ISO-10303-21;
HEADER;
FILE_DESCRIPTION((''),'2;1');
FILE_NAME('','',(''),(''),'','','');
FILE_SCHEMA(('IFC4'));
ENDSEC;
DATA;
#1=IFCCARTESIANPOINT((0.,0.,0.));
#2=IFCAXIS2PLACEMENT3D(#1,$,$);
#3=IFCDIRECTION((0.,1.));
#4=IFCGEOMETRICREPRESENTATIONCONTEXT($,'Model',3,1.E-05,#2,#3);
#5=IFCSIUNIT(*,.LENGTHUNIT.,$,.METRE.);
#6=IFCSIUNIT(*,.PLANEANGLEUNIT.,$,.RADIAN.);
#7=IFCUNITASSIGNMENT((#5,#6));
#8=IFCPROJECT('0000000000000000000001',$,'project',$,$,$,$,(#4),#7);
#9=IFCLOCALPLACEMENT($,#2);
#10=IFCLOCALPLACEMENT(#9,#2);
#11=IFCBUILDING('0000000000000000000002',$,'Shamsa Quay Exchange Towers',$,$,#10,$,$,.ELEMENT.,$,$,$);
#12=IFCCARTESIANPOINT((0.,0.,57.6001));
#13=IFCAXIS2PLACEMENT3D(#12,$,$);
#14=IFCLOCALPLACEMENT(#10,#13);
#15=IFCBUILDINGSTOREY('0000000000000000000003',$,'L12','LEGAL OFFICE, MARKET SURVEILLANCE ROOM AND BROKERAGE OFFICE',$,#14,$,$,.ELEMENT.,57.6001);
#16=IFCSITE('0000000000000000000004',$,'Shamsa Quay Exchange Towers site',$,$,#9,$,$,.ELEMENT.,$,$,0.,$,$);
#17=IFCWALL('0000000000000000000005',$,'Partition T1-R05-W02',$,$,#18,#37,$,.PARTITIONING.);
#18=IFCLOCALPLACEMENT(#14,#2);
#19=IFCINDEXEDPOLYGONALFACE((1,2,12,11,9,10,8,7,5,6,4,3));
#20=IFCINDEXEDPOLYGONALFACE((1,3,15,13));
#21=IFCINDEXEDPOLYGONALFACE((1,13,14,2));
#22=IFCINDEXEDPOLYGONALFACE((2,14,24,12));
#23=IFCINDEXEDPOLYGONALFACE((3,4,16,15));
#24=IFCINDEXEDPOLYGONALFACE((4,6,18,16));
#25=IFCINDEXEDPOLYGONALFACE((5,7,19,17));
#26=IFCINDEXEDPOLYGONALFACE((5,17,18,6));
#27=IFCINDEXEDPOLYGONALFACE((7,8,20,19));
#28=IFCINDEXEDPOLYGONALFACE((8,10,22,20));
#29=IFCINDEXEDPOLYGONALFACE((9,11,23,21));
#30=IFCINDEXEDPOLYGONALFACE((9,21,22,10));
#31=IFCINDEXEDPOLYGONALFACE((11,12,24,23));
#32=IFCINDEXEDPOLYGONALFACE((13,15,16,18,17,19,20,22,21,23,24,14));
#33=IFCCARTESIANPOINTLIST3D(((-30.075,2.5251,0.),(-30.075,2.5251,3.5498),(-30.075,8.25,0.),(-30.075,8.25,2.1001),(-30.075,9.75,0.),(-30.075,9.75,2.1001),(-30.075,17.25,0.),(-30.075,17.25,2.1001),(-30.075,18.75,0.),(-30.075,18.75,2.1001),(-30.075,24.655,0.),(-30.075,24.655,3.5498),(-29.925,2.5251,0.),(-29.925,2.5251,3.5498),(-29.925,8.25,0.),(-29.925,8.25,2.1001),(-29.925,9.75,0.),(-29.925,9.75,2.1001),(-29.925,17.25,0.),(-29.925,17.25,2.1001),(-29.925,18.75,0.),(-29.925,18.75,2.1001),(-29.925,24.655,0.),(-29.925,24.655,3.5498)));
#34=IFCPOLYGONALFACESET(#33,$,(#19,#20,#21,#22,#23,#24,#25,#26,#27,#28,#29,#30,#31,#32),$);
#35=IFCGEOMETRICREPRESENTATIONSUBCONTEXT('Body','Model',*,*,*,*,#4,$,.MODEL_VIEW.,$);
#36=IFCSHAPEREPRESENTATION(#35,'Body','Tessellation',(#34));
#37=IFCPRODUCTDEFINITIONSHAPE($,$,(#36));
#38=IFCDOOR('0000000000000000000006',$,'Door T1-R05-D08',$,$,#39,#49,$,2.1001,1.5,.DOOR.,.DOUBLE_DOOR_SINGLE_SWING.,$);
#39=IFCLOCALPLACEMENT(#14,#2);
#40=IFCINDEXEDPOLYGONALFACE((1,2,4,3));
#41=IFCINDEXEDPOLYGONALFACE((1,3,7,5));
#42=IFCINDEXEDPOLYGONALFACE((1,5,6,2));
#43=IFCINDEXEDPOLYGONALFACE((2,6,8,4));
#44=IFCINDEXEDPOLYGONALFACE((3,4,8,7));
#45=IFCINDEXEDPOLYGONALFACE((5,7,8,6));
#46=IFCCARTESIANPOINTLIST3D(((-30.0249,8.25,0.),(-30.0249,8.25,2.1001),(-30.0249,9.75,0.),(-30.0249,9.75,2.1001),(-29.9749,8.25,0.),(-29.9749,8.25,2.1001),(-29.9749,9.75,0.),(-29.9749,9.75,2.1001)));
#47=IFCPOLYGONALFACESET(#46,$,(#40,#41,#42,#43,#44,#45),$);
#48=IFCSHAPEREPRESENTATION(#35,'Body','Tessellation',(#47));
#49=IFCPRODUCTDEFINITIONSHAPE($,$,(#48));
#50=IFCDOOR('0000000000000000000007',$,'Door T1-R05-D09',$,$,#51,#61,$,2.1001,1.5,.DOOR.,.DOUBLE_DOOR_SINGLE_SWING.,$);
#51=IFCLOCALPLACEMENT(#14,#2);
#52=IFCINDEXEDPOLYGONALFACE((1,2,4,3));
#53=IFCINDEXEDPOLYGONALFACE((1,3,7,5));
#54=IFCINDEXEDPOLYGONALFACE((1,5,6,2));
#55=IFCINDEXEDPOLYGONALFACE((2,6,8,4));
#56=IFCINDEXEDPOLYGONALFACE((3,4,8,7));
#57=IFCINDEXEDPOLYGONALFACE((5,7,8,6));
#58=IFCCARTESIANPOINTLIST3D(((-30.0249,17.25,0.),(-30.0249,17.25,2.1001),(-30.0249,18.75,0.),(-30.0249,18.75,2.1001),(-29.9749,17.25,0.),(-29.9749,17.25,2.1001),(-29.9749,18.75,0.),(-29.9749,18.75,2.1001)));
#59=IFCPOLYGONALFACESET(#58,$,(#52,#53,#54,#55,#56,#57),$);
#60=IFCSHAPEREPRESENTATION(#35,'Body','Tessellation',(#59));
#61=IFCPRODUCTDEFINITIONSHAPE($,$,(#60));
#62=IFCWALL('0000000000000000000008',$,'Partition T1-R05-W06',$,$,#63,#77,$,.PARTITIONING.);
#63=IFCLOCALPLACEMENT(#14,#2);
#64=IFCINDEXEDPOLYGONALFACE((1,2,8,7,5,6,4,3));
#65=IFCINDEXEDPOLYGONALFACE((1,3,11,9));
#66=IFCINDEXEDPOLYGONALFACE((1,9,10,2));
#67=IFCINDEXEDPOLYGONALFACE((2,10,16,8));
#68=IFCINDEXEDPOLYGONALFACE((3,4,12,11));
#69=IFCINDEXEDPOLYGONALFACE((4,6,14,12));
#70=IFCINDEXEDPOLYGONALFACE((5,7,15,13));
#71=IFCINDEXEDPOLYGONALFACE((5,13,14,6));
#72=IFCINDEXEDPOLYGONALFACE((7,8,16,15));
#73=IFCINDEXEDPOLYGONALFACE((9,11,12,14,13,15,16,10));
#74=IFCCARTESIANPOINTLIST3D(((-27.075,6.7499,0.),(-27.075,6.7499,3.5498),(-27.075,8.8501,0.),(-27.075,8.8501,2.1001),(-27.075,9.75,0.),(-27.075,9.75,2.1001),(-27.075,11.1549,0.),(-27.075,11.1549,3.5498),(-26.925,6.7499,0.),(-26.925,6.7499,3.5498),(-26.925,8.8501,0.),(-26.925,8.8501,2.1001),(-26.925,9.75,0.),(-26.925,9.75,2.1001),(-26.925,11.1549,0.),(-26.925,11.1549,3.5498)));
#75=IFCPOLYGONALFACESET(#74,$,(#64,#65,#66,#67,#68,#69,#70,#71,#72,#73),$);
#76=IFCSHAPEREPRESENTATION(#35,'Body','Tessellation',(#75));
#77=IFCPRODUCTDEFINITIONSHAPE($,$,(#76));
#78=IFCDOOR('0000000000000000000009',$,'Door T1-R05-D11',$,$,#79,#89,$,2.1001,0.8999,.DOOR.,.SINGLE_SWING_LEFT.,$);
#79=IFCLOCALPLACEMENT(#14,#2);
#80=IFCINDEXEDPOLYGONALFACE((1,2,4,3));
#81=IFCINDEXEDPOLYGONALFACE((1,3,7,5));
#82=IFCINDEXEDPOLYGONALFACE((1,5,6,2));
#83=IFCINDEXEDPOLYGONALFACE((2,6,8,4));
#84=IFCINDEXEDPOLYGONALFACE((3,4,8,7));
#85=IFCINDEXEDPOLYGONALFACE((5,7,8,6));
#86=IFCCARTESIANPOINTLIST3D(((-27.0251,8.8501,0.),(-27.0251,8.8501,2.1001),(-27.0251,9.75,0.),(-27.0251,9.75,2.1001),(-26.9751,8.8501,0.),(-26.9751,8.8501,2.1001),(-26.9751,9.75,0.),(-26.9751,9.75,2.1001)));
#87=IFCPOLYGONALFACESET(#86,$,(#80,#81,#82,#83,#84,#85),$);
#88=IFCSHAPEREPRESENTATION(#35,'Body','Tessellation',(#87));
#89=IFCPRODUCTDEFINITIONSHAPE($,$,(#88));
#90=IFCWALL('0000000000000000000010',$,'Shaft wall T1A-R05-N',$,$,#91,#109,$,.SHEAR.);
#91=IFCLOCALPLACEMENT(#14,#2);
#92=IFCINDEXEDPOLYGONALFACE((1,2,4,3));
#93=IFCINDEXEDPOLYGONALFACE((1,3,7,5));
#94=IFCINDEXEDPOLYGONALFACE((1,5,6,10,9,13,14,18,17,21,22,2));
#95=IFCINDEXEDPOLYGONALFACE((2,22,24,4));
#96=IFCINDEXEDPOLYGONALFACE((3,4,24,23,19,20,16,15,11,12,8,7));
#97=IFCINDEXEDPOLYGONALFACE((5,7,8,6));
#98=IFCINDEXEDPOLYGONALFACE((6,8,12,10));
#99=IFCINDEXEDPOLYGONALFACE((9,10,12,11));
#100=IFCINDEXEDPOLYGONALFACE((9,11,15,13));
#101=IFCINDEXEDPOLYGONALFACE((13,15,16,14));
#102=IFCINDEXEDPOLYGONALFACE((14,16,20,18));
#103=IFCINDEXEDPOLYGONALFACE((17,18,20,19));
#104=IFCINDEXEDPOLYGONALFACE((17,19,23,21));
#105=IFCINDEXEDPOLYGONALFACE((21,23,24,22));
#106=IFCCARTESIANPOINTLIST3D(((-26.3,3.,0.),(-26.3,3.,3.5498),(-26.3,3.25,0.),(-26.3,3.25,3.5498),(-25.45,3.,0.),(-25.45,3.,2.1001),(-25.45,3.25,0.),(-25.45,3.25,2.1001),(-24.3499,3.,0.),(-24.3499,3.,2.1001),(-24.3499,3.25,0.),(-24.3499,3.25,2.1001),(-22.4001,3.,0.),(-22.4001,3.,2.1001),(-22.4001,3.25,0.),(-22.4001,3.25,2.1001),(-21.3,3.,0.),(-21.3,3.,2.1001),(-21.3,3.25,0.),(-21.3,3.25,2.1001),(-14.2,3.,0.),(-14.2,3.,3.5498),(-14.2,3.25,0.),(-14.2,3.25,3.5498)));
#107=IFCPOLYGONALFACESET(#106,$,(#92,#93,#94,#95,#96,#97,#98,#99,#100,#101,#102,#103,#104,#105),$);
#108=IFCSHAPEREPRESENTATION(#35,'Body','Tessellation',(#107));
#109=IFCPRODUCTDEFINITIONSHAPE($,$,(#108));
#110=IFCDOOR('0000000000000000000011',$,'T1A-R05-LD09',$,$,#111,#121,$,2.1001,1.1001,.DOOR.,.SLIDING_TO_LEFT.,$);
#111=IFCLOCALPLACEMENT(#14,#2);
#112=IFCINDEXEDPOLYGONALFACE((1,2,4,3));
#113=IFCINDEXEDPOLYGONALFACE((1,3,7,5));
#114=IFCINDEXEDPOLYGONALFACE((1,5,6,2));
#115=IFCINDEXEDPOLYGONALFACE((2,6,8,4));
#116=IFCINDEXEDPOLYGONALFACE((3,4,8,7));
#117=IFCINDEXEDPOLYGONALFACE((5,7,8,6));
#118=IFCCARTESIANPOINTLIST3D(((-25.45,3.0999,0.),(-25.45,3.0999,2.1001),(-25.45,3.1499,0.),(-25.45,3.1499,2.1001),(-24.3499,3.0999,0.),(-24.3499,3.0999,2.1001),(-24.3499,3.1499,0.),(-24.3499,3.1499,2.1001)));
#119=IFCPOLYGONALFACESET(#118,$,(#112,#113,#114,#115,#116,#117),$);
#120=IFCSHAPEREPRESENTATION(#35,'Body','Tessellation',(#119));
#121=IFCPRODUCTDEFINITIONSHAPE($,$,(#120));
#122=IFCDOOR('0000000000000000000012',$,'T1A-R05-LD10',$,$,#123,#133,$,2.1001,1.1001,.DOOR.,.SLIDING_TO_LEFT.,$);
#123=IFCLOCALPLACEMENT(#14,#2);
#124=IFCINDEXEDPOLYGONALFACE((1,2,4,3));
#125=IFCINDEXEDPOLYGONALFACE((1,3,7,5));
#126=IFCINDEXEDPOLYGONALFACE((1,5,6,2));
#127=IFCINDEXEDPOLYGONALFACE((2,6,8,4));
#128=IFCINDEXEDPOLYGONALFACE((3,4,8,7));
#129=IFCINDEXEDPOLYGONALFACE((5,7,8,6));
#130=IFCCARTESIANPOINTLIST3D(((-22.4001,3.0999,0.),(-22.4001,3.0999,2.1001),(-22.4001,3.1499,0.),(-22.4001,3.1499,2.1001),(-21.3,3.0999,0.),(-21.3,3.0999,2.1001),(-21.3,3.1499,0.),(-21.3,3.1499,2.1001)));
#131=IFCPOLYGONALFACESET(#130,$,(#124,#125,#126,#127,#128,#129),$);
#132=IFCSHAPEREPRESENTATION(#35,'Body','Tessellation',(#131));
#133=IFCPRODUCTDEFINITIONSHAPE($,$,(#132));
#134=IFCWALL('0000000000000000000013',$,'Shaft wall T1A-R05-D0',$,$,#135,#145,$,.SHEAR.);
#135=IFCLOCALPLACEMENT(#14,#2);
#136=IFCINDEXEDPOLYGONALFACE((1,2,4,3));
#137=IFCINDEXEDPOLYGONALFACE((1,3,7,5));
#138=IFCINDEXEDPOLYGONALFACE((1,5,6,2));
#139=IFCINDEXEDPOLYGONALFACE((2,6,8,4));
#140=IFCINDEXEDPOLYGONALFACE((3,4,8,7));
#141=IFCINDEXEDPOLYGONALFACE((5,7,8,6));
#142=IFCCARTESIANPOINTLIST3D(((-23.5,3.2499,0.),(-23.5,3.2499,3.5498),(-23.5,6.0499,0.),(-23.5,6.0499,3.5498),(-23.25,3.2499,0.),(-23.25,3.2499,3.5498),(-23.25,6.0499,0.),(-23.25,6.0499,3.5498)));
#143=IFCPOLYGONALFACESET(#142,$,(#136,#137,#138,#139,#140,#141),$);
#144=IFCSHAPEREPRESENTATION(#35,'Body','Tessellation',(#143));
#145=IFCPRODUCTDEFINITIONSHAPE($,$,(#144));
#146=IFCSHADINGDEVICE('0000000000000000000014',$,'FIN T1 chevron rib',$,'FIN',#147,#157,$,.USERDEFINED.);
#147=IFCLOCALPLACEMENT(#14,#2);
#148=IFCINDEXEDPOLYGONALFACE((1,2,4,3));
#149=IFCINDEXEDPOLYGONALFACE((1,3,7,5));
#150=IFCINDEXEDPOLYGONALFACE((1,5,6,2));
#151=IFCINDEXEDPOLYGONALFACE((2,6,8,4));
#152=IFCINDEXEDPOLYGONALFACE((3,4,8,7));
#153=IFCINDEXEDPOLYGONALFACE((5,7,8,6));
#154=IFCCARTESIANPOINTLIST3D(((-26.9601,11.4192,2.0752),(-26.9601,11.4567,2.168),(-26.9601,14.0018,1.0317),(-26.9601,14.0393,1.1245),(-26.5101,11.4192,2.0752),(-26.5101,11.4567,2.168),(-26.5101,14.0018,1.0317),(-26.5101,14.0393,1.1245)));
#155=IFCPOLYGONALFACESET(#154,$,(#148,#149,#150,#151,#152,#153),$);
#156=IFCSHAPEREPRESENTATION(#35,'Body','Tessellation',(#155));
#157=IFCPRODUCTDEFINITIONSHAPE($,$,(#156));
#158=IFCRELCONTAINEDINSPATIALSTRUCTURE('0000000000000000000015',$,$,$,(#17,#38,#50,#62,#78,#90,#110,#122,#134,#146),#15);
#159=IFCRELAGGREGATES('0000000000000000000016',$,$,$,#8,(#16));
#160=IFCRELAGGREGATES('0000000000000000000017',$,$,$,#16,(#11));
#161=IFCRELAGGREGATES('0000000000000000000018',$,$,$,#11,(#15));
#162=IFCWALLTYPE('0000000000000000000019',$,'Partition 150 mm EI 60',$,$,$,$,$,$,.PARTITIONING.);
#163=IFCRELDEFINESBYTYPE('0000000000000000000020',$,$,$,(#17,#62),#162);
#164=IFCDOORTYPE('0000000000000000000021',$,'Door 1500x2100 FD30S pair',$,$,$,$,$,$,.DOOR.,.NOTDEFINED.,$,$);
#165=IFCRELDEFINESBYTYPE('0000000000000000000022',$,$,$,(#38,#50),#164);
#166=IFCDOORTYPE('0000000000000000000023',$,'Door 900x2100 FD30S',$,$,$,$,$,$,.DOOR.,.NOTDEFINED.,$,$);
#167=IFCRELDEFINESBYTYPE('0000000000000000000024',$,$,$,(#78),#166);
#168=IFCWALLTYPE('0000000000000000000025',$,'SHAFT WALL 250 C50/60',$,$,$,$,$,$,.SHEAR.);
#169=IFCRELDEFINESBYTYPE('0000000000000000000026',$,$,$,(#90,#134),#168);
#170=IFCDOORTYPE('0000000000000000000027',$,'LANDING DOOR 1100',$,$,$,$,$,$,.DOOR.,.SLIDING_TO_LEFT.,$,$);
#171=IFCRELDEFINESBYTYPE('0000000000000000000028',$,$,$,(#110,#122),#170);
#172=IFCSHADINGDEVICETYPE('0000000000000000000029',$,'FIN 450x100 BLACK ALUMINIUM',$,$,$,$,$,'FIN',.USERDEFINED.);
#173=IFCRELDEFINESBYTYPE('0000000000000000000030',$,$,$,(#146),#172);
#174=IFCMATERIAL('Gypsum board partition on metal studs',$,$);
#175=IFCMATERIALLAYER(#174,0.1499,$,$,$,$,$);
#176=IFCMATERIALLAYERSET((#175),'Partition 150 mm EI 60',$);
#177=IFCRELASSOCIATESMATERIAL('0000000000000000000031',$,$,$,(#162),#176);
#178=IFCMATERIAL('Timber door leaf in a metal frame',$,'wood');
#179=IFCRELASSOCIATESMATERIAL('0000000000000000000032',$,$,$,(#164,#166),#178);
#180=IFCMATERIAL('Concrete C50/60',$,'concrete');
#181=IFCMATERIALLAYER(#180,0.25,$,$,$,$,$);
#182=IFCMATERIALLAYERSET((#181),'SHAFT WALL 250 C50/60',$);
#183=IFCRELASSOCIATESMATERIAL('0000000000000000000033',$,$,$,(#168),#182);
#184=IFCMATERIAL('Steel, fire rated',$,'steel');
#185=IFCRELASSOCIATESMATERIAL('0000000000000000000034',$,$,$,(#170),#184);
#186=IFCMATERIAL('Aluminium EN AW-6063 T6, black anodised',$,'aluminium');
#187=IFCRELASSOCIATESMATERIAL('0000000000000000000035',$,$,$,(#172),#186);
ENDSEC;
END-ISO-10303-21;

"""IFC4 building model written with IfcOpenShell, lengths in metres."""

from ifc_helpers import new_model, si_unit, direction, frame, frame_2d, origin, origin_2d, place, context, subcontext, project, spatial, rectangle, extrude, material, layer, layer_set, material_profile, profile_set, type_object, element, fill, save


model = new_model("IFC4")

# Units and contexts
model_context = context("Model", 3, precision=1e-05, world=origin(), true_north=direction((0.0, 1.0)))
body_context = subcontext(model_context, "Body", "Model", "MODEL_VIEW")
ifc_project = project(units=[si_unit("LENGTHUNIT", "METRE"), si_unit("PLANEANGLEUNIT", "RADIAN")], contexts=[model_context])

# Site, building, storey
site_placement = place(None, origin())
site = spatial("IfcSite", under=ifc_project, at=site_placement, Name="Shamsa Quay Exchange Towers site", CompositionType="ELEMENT", RefElevation=0.0)
building_placement = place(site_placement, origin())
building = spatial("IfcBuilding", under=site, at=building_placement, Name="Shamsa Quay Exchange Towers", CompositionType="ELEMENT")
storey_placement = place(building_placement, frame((0.0, 0.0, 57.6001)))
storey = spatial("IfcBuildingStorey", under=building, at=storey_placement, Name="L12", Description="LEGAL OFFICE, MARKET SURVEILLANCE ROOM AND BROKERAGE OFFICE", CompositionType="ELEMENT", Elevation=57.6001)

# Shared definitions
ifc_material_1 = material(Name="Aluminium EN AW-6063 T6, black anodised", Category="aluminium")

# Shared definitions
ifc_material_2 = material(Name="Steel, fire rated", Category="steel")

# Wall, openings, doors
ifc_material_3 = material(Name="Gypsum board partition on metal studs")
ifc_material_4 = material(Name="Timber door leaf in a metal frame", Category="wood")
ifc_layer_1 = layer(ifc_material_3, 0.1499)
ifc_layer_set_1 = layer_set([ifc_layer_1], Name="Partition 150 mm EI 60")
wall_type_1 = type_object("IfcWallType", Name="Partition 150 mm EI 60", PredefinedType="PARTITIONING", material=ifc_layer_set_1)
wall_1_placement = place(storey_placement, frame((-30.0, 2.5251, 0.0), z_axis=(0.0, 0.0, 1.0), x_axis=(0.0, 1.0, 0.0)))
wall_1 = element("IfcWall", 1, at=wall_1_placement, inside=storey, type_object=wall_type_1, Name="Partition T1-R05-W02", PredefinedType="PARTITIONING", context=body_context, shape_type="SweptSolid", body=[
    extrude(rectangle(XDim=22.1299, YDim=0.1499, at=frame_2d((11.0649, 0.0))), origin(), (0.0, 0.0, 1.0), 3.5498),
])
opening_1_placement = place(wall_1_placement, frame((5.7249, 0.0, 0.0)))
opening_1 = element("IfcOpeningElement", 2, at=opening_1_placement, cuts=wall_1, PredefinedType="OPENING", context=body_context, shape_type="SweptSolid", body=[
    extrude(rectangle(XDim=1.5, YDim=2.1001, at=frame_2d((0.75, 1.05))), frame((0.0, 0.085, 0.0), z_axis=(0.0, -1.0, 0.0), x_axis=(1.0, 0.0, 0.0)), (0.0, 0.0, 1.0), 0.1699),
])
opening_2_placement = place(wall_1_placement, frame((14.7249, 0.0, 0.0)))
opening_2 = element("IfcOpeningElement", 3, at=opening_2_placement, cuts=wall_1, PredefinedType="OPENING", context=body_context, shape_type="SweptSolid", body=[
    extrude(rectangle(XDim=1.5, YDim=2.1001, at=frame_2d((0.75, 1.05))), frame((0.0, 0.085, 0.0), z_axis=(0.0, -1.0, 0.0), x_axis=(1.0, 0.0, 0.0)), (0.0, 0.0, 1.0), 0.1699),
])
door_type_1 = type_object("IfcDoorType", Name="Door 1500x2100 FD30S pair", OperationType="NOTDEFINED", PredefinedType="DOOR", material=ifc_material_4)
door_1_placement = place(opening_1_placement, origin())
door_1 = element("IfcDoor", 4, at=door_1_placement, inside=storey, type_object=door_type_1, Name="Door T1-R05-D08", OperationType="DOUBLE_DOOR_SINGLE_SWING", OverallHeight=2.1001, OverallWidth=1.5, PredefinedType="DOOR", context=body_context, shape_type="SweptSolid", body=[
    extrude(rectangle(XDim=1.5, YDim=2.1001, at=frame_2d((0.75, 1.05))), frame((0.0, 0.0249, 0.0), z_axis=(0.0, -1.0, 0.0), x_axis=(1.0, 0.0, 0.0)), (0.0, 0.0, 1.0), 0.05),
])
fill(opening_1, door_1)
door_2_placement = place(opening_2_placement, origin())
door_2 = element("IfcDoor", 5, at=door_2_placement, inside=storey, type_object=door_type_1, Name="Door T1-R05-D09", OperationType="DOUBLE_DOOR_SINGLE_SWING", OverallHeight=2.1001, OverallWidth=1.5, PredefinedType="DOOR", context=body_context, shape_type="SweptSolid", body=[
    extrude(rectangle(XDim=1.5, YDim=2.1001, at=frame_2d((0.75, 1.05))), frame((0.0, 0.0249, 0.0), z_axis=(0.0, -1.0, 0.0), x_axis=(1.0, 0.0, 0.0)), (0.0, 0.0, 1.0), 0.05),
])
fill(opening_2, door_2)

# Wall, opening, door
wall_2_placement = place(storey_placement, frame((-27.0, 11.155, 0.0), z_axis=(0.0, 0.0, 1.0), x_axis=(0.0, -1.0, 0.0)))
wall_2 = element("IfcWall", 6, at=wall_2_placement, inside=storey, type_object=wall_type_1, Name="Partition T1-R05-W06", PredefinedType="PARTITIONING", context=body_context, shape_type="SweptSolid", body=[
    extrude(rectangle(XDim=4.405, YDim=0.1499, at=frame_2d((2.2026, 0.0))), origin(), (0.0, 0.0, 1.0), 3.5498),
])
opening_3_placement = place(wall_2_placement, frame((1.405, 0.0, 0.0)))
opening_3 = element("IfcOpeningElement", 7, at=opening_3_placement, cuts=wall_2, PredefinedType="OPENING", context=body_context, shape_type="SweptSolid", body=[
    extrude(rectangle(XDim=0.8999, YDim=2.1001, at=frame_2d((0.45, 1.05))), frame((0.0, 0.085, 0.0), z_axis=(0.0, -1.0, 0.0), x_axis=(1.0, 0.0, 0.0)), (0.0, 0.0, 1.0), 0.1699),
])
door_type_2 = type_object("IfcDoorType", Name="Door 900x2100 FD30S", OperationType="NOTDEFINED", PredefinedType="DOOR", material=ifc_material_4)
door_3_placement = place(opening_3_placement, origin())
door_3 = element("IfcDoor", 8, at=door_3_placement, inside=storey, type_object=door_type_2, Name="Door T1-R05-D11", OperationType="SINGLE_SWING_LEFT", OverallHeight=2.1001, OverallWidth=0.8999, PredefinedType="DOOR", context=body_context, shape_type="SweptSolid", body=[
    extrude(rectangle(XDim=0.8999, YDim=2.1001, at=frame_2d((0.45, 1.05))), frame((0.0, 0.0249, 0.0), z_axis=(0.0, -1.0, 0.0), x_axis=(1.0, 0.0, 0.0)), (0.0, 0.0, 1.0), 0.05),
])
fill(opening_3, door_3)

# Wall, openings, doors
ifc_material_5 = material(Name="Concrete C50/60", Category="concrete")
ifc_layer_2 = layer(ifc_material_5, 0.25)
ifc_layer_set_2 = layer_set([ifc_layer_2], Name="SHAFT WALL 250 C50/60")
wall_type_2 = type_object("IfcWallType", Name="SHAFT WALL 250 C50/60", PredefinedType="SHEAR", material=ifc_layer_set_2)
wall_3_placement = place(storey_placement, frame((-26.3, 3.125, 0.0)))
wall_3 = element("IfcWall", 9, at=wall_3_placement, inside=storey, type_object=wall_type_2, Name="Shaft wall T1A-R05-N", PredefinedType="SHEAR", context=body_context, shape_type="SweptSolid", body=[
    extrude(rectangle(XDim=12.1001, YDim=0.25, at=frame_2d((6.05, 0.0))), origin(), (0.0, 0.0, 1.0), 3.5498),
])
opening_4_placement = place(wall_3_placement, frame((0.8501, 0.0, 0.0)))
opening_4 = element("IfcOpeningElement", 10, at=opening_4_placement, cuts=wall_3, PredefinedType="OPENING", context=body_context, shape_type="SweptSolid", body=[
    extrude(rectangle(XDim=1.1001, YDim=2.1001, at=frame_2d((0.55, 1.05))), frame((0.0, 0.135, 0.0), z_axis=(0.0, -1.0, 0.0), x_axis=(1.0, 0.0, 0.0)), (0.0, 0.0, 1.0), 0.27),
])
opening_5_placement = place(wall_3_placement, frame((3.8999, 0.0, 0.0)))
opening_5 = element("IfcOpeningElement", 11, at=opening_5_placement, cuts=wall_3, PredefinedType="OPENING", context=body_context, shape_type="SweptSolid", body=[
    extrude(rectangle(XDim=1.1001, YDim=2.1001, at=frame_2d((0.55, 1.05))), frame((0.0, 0.135, 0.0), z_axis=(0.0, -1.0, 0.0), x_axis=(1.0, 0.0, 0.0)), (0.0, 0.0, 1.0), 0.27),
])
door_type_3 = type_object("IfcDoorType", Name="LANDING DOOR 1100", OperationType="SLIDING_TO_LEFT", PredefinedType="DOOR", material=ifc_material_2)
door_4_placement = place(opening_4_placement, origin())
door_4 = element("IfcDoor", 12, at=door_4_placement, inside=storey, type_object=door_type_3, Name="T1A-R05-LD09", OperationType="SLIDING_TO_LEFT", OverallHeight=2.1001, OverallWidth=1.1001, PredefinedType="DOOR", context=body_context, shape_type="SweptSolid", body=[
    extrude(rectangle(XDim=1.1001, YDim=2.1001, at=frame_2d((0.55, 1.05))), frame((0.0, 0.0249, 0.0), z_axis=(0.0, -1.0, 0.0), x_axis=(1.0, 0.0, 0.0)), (0.0, 0.0, 1.0), 0.05),
])
fill(opening_4, door_4)
door_5_placement = place(opening_5_placement, origin())
door_5 = element("IfcDoor", 13, at=door_5_placement, inside=storey, type_object=door_type_3, Name="T1A-R05-LD10", OperationType="SLIDING_TO_LEFT", OverallHeight=2.1001, OverallWidth=1.1001, PredefinedType="DOOR", context=body_context, shape_type="SweptSolid", body=[
    extrude(rectangle(XDim=1.1001, YDim=2.1001, at=frame_2d((0.55, 1.05))), frame((0.0, 0.0249, 0.0), z_axis=(0.0, -1.0, 0.0), x_axis=(1.0, 0.0, 0.0)), (0.0, 0.0, 1.0), 0.05),
])
fill(opening_5, door_5)

# Wall
wall_4_placement = place(storey_placement, frame((-23.375, 3.25, 0.0), z_axis=(0.0, 0.0, 1.0), x_axis=(0.0, 1.0, 0.0)))
element("IfcWall", 14, at=wall_4_placement, inside=storey, type_object=wall_type_2, Name="Shaft wall T1A-R05-D0", PredefinedType="SHEAR", context=body_context, shape_type="SweptSolid", body=[
    extrude(rectangle(XDim=2.8, YDim=0.25, at=frame_2d((1.3999, 0.0))), origin(), (0.0, 0.0, 1.0), 3.5498),
])

# Shading device
ifc_material_profile_1 = material_profile(ifc_material_1, rectangle(XDim=0.45, YDim=0.1001, at=origin_2d()), Name="FIN450x100")
ifc_profile_set_1 = profile_set([ifc_material_profile_1], Name="Aluminium EN AW-6063 T6, black anodised")
shading_device_type = type_object("IfcShadingDeviceType", Name="FIN 450x100 BLACK ALUMINIUM", ElementType="FIN", PredefinedType="USERDEFINED", material=ifc_profile_set_1)
shading_device_placement = place(storey_placement, frame((-26.7351, 11.438, 2.1216), z_axis=(0.0, 0.927177, -0.374622), x_axis=(-1.0, 0.0, 0.0)))
element("IfcShadingDevice", 15, at=shading_device_placement, inside=storey, type_object=shading_device_type, Name="FIN T1 chevron rib", ObjectType="FIN", PredefinedType="USERDEFINED", context=body_context, shape_type="SweptSolid", body=[
    extrude(rectangle(XDim=0.45, YDim=0.1001, at=origin_2d()), origin(), (0.0, 0.0, 1.0), 2.7854),
])

save(model, "model.ifc")
